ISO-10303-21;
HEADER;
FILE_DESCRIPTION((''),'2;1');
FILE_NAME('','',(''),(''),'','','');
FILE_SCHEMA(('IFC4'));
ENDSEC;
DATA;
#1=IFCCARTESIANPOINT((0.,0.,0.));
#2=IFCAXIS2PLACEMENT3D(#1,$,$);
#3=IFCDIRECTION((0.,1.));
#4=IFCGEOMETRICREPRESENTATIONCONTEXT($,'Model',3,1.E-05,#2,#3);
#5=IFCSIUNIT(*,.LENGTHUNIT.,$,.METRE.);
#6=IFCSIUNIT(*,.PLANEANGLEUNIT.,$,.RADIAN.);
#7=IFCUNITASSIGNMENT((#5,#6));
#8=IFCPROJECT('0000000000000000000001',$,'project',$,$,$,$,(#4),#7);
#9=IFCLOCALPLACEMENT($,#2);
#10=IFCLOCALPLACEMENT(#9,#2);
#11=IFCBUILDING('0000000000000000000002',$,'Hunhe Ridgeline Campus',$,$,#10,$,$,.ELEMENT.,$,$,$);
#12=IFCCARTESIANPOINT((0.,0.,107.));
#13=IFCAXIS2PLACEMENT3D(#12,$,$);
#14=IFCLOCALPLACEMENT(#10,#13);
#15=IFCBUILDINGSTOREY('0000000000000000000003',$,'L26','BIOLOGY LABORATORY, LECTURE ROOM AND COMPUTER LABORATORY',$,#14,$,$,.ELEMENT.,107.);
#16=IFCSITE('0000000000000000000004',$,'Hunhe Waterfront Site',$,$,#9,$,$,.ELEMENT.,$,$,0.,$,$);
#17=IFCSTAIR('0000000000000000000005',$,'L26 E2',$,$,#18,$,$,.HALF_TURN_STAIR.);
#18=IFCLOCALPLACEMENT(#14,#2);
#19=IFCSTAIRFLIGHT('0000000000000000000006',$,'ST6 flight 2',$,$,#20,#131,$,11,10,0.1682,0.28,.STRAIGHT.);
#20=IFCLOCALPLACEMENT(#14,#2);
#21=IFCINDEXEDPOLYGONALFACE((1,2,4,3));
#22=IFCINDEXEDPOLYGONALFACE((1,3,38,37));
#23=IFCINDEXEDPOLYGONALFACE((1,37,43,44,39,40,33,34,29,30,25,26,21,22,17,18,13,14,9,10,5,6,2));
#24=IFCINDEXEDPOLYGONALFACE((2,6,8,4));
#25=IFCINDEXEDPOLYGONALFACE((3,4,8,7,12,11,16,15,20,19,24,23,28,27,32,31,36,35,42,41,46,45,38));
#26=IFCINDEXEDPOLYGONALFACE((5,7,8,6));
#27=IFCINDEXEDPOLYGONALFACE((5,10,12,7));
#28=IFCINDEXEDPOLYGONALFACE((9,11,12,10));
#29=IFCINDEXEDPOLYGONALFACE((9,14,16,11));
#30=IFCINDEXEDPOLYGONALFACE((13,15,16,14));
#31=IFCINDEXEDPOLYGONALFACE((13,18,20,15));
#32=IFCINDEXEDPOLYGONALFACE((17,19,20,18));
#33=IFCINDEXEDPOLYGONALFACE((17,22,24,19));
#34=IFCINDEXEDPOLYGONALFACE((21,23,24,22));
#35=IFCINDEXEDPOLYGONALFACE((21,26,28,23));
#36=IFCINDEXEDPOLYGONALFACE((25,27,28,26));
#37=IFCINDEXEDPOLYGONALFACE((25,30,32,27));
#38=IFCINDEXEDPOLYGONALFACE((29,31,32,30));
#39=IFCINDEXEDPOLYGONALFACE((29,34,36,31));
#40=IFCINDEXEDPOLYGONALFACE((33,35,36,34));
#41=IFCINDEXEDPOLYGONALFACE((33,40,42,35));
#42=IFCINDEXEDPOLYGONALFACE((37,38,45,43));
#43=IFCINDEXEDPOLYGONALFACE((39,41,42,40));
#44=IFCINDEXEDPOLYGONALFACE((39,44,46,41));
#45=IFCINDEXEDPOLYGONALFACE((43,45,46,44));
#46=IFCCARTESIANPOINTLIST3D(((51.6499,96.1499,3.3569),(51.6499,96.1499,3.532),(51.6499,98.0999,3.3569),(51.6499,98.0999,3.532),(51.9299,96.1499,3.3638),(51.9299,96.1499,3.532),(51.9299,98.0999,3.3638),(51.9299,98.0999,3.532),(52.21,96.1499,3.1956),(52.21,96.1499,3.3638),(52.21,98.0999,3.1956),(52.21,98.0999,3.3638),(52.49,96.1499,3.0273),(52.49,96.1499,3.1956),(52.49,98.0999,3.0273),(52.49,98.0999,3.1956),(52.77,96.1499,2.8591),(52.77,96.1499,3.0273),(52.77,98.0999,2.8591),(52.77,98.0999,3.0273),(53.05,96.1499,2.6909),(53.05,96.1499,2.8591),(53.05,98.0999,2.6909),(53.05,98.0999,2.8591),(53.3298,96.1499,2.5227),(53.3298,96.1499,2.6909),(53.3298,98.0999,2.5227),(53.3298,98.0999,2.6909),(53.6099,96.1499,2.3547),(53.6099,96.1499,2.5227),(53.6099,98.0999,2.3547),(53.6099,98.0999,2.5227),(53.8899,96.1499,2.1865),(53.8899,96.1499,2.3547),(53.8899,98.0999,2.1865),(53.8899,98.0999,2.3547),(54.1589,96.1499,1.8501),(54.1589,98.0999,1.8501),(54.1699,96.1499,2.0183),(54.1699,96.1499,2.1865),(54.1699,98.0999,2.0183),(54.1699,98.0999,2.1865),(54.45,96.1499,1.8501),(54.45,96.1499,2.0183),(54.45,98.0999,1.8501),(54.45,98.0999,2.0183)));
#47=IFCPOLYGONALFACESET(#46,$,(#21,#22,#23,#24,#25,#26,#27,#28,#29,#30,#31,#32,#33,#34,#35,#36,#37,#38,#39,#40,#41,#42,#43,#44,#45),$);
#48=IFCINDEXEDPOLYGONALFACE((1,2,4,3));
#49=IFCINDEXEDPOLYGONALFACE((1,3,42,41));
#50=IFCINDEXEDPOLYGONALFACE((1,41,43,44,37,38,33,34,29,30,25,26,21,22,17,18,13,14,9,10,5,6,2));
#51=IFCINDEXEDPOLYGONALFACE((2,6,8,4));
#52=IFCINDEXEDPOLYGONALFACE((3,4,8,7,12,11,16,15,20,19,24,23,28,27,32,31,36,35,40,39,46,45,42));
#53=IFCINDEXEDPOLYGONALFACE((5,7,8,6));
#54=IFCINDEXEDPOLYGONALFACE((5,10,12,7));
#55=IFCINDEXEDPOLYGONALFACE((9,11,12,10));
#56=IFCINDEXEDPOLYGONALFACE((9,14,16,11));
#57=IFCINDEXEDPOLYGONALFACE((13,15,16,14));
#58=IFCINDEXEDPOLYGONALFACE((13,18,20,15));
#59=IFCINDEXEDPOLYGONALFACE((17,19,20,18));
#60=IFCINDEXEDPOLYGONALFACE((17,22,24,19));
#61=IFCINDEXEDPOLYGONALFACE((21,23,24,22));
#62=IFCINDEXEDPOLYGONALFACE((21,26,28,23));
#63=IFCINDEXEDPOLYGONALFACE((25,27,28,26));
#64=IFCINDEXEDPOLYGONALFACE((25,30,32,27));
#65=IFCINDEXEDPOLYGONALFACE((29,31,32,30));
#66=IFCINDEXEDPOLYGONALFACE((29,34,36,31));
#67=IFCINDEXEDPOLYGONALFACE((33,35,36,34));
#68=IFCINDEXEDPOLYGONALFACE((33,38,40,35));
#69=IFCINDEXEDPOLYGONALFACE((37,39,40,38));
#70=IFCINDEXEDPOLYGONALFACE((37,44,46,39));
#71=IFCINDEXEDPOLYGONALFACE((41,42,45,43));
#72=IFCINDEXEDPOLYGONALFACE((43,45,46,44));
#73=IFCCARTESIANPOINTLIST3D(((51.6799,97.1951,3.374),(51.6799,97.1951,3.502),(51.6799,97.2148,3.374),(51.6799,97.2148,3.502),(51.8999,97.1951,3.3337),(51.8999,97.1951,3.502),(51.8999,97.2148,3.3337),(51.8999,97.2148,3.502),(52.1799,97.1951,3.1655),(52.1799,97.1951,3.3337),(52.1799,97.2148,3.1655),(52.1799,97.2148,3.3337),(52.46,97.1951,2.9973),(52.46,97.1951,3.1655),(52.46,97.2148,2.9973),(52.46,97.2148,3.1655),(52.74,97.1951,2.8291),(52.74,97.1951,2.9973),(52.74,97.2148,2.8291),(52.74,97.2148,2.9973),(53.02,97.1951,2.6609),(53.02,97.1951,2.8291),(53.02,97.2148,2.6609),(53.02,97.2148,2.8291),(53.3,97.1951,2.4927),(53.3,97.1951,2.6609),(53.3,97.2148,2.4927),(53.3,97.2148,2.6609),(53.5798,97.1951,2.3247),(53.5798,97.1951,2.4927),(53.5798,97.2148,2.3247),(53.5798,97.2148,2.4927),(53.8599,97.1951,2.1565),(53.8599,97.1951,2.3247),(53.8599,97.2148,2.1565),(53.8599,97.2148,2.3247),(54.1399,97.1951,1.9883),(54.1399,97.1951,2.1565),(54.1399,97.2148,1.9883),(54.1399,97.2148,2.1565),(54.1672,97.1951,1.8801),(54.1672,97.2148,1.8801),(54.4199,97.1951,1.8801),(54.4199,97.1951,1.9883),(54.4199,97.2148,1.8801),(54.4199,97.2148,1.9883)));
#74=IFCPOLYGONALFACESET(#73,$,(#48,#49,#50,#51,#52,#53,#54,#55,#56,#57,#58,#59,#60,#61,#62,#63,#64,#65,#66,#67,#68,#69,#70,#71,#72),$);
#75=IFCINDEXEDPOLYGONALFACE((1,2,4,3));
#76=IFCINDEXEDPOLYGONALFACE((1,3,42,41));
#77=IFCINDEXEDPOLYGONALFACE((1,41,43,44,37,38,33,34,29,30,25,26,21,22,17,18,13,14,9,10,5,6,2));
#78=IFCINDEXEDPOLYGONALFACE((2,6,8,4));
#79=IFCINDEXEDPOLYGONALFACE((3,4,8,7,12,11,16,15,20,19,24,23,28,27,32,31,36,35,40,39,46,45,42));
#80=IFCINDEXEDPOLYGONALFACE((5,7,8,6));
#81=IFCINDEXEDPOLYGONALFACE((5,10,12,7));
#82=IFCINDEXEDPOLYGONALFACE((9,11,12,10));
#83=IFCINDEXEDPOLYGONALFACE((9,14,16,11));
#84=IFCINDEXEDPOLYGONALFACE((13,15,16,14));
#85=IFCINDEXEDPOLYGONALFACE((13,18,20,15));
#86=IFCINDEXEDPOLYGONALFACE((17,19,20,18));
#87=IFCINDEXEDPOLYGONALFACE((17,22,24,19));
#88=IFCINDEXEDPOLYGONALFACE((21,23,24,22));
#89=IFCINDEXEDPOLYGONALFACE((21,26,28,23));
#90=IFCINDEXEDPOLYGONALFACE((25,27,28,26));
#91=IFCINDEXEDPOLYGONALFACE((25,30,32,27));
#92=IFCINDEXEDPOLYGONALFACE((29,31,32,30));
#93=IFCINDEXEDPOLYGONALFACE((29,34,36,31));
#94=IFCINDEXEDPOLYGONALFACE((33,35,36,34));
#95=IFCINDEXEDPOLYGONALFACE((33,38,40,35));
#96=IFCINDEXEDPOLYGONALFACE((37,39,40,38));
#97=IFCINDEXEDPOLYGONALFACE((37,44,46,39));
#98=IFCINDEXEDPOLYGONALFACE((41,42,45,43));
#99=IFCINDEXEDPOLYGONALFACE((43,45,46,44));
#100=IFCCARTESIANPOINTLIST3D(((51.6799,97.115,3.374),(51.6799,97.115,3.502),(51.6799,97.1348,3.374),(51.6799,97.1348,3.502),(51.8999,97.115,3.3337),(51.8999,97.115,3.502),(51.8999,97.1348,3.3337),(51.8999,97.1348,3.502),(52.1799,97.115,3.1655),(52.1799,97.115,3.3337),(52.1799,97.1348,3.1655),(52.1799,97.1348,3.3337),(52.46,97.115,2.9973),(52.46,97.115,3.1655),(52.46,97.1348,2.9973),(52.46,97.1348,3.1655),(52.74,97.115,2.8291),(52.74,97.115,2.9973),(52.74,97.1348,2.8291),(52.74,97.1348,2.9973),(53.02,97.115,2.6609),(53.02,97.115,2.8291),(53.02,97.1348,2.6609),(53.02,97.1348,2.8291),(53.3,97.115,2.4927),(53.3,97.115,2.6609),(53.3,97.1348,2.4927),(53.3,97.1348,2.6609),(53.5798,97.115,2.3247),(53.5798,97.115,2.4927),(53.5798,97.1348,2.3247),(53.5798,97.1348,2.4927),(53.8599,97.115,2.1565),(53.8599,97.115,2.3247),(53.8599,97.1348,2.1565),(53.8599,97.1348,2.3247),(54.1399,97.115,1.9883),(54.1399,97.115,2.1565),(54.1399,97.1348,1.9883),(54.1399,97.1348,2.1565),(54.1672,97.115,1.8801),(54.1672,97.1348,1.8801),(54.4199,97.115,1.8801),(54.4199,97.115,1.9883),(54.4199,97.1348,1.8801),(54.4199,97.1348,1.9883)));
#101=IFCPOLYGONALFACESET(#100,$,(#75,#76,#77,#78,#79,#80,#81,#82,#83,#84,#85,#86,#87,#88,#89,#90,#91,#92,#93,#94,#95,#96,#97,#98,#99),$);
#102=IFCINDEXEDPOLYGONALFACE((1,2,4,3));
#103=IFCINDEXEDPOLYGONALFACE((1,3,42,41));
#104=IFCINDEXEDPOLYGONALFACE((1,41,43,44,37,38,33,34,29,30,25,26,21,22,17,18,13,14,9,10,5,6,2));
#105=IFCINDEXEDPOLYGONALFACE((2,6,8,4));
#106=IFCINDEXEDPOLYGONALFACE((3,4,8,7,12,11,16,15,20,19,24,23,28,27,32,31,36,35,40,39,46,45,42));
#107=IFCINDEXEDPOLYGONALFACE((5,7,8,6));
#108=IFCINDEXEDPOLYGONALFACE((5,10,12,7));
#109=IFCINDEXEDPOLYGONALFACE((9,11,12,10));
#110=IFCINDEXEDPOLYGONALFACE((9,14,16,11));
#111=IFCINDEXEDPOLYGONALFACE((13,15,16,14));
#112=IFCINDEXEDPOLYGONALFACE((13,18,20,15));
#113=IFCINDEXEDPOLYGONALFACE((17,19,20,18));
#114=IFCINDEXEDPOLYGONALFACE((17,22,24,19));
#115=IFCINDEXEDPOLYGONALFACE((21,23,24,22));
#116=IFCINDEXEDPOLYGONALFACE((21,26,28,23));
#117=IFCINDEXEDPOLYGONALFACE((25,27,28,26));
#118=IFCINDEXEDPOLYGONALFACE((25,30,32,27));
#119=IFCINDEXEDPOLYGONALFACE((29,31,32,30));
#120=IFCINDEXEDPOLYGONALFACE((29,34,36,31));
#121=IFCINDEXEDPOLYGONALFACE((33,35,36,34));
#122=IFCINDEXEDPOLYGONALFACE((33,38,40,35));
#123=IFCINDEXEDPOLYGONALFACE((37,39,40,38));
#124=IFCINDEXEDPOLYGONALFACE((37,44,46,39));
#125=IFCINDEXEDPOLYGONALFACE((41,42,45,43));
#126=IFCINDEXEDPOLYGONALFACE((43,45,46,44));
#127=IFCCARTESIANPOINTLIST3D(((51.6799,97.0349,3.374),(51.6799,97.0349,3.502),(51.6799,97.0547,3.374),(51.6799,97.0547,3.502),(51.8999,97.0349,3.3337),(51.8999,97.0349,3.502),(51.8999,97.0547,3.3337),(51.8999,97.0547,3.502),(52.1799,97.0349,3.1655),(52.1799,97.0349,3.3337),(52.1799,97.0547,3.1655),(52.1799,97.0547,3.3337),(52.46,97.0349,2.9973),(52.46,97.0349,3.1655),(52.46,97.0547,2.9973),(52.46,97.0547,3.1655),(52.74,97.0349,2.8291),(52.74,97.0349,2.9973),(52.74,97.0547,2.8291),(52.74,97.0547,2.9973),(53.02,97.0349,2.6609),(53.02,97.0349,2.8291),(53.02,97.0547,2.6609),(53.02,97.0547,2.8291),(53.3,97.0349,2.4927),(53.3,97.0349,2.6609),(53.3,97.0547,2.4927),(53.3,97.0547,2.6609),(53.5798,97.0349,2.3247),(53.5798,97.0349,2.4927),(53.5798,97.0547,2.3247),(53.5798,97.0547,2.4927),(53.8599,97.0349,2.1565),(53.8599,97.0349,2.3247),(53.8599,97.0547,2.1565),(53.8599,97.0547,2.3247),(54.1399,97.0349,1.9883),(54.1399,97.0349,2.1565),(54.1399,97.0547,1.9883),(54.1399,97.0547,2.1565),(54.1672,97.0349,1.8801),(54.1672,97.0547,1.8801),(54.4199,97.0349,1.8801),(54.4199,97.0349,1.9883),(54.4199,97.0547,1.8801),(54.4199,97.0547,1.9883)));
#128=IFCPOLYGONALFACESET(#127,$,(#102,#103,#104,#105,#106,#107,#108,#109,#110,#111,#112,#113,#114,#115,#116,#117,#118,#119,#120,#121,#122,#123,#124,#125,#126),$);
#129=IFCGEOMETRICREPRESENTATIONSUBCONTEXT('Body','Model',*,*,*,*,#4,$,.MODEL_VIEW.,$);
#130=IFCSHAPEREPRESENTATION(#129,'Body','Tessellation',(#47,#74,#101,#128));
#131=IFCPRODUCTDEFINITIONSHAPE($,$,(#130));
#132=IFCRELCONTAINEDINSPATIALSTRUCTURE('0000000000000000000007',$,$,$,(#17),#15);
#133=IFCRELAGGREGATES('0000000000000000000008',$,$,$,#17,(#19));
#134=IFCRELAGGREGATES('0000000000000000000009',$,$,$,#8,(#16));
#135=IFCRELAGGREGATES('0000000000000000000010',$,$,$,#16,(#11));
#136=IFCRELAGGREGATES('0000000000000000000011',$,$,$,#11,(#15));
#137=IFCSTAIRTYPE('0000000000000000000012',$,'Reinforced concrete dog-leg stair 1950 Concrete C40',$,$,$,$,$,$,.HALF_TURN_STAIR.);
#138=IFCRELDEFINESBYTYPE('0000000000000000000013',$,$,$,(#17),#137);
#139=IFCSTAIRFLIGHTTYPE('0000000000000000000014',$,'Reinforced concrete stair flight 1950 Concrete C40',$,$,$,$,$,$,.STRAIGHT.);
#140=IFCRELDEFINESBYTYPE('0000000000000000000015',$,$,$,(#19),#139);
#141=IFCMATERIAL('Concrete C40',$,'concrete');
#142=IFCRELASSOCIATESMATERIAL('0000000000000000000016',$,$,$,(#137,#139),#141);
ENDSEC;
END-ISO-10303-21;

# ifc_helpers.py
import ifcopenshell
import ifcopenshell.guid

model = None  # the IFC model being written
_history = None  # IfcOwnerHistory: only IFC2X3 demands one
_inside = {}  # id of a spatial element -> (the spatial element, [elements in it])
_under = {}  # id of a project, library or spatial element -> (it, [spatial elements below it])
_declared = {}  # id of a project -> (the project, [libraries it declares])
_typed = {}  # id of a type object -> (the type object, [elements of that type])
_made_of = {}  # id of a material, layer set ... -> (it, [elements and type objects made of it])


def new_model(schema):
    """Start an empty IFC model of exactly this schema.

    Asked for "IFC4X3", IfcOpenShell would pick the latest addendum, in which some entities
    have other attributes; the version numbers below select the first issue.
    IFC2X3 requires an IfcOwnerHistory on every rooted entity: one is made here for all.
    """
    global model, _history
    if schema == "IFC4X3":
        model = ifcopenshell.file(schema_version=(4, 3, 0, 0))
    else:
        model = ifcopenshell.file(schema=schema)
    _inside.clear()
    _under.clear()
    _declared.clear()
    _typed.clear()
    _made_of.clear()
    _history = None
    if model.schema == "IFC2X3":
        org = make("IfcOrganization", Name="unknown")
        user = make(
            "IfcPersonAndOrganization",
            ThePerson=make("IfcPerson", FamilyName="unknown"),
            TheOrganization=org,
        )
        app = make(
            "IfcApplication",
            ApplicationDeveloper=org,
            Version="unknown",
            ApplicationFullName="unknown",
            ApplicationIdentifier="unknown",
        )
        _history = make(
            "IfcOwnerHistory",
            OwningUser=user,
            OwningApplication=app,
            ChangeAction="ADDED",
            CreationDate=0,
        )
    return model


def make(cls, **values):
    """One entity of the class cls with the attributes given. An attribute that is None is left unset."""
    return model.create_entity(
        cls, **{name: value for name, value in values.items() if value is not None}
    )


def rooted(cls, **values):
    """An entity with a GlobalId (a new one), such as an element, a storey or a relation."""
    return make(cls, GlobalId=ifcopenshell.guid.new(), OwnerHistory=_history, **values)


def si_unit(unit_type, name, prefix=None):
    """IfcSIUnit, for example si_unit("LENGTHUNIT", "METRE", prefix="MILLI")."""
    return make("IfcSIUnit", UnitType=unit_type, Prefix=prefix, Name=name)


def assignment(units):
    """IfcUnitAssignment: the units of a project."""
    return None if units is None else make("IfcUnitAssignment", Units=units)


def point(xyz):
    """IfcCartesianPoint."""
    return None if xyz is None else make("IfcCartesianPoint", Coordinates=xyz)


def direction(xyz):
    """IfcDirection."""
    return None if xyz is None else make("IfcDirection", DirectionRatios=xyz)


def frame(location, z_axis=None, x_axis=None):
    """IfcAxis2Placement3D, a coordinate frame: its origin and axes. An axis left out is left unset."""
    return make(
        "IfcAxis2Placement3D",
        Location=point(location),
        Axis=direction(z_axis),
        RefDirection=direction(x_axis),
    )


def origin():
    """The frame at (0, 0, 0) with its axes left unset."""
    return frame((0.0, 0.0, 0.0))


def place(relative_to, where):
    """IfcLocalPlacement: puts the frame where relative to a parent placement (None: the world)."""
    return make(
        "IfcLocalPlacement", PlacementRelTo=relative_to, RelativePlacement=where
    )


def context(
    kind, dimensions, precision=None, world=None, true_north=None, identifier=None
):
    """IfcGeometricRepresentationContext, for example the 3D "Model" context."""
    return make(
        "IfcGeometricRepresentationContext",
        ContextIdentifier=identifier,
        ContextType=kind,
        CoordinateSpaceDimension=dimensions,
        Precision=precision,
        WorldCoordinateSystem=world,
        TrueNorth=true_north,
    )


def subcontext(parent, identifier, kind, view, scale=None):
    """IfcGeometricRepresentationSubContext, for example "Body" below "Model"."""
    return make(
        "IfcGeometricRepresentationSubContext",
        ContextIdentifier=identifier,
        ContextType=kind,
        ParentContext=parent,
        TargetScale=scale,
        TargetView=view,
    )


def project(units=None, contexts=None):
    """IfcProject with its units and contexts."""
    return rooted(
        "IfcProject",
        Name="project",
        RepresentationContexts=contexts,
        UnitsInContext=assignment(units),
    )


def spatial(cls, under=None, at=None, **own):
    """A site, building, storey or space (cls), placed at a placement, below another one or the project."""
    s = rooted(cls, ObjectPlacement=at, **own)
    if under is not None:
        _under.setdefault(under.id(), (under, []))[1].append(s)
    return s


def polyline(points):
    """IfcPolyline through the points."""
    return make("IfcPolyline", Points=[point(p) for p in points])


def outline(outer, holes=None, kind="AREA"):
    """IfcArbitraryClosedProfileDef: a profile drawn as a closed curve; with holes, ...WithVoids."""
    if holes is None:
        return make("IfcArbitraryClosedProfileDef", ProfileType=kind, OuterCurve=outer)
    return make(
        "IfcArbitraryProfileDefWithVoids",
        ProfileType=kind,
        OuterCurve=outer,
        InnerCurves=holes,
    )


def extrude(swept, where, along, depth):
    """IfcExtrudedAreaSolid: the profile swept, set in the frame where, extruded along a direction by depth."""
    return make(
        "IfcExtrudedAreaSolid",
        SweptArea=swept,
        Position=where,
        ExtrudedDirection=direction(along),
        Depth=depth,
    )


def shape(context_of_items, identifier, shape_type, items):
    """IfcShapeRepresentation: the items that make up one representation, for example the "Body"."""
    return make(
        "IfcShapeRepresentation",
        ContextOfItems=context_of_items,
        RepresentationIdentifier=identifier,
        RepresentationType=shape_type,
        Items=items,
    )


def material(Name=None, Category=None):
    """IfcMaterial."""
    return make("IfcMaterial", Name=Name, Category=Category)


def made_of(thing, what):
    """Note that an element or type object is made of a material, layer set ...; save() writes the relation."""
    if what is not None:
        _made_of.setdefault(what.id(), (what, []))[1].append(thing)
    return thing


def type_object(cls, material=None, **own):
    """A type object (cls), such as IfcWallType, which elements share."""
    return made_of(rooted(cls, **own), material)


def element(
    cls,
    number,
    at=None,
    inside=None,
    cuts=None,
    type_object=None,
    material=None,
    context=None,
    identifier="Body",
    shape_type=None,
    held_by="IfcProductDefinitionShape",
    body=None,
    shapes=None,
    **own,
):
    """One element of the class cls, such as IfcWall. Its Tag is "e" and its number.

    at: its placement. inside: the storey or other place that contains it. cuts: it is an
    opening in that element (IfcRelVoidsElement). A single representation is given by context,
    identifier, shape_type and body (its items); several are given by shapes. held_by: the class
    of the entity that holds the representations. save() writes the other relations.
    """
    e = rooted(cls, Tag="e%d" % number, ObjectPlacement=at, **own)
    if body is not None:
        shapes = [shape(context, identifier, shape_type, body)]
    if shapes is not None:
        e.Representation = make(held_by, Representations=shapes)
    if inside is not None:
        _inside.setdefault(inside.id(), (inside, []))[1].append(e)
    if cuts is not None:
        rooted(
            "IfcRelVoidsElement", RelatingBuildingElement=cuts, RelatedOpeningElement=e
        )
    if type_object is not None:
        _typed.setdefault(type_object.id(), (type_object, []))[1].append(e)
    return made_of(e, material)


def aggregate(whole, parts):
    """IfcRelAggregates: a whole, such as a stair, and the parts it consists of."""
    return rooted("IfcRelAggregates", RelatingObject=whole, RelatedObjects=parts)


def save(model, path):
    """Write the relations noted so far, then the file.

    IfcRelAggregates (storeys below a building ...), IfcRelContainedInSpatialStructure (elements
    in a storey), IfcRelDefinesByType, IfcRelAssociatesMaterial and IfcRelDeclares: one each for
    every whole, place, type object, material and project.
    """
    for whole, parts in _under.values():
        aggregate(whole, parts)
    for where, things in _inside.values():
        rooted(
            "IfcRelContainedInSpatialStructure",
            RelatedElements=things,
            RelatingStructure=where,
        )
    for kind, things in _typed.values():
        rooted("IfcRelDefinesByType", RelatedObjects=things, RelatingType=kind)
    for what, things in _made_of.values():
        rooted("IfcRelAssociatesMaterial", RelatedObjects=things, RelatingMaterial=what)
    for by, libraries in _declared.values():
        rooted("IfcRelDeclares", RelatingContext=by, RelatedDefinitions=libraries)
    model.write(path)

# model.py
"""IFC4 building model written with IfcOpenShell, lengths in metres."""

from ifc_helpers import new_model, si_unit, direction, frame, origin, place, context, subcontext, project, spatial, polyline, outline, extrude, material, type_object, element, aggregate, save


model = new_model("IFC4")

# Units and contexts
model_context = context("Model", 3, precision=1e-05, world=origin(), true_north=direction((0.0, 1.0)))
body_context = subcontext(model_context, "Body", "Model", "MODEL_VIEW")
ifc_project = project(units=[si_unit("LENGTHUNIT", "METRE"), si_unit("PLANEANGLEUNIT", "RADIAN")], contexts=[model_context])

# Site, building, storey
site_placement = place(None, origin())
site = spatial("IfcSite", under=ifc_project, at=site_placement, Name="Hunhe Waterfront Site", CompositionType="ELEMENT", RefElevation=0.0)
building_placement = place(site_placement, origin())
building = spatial("IfcBuilding", under=site, at=building_placement, Name="Hunhe Ridgeline Campus", CompositionType="ELEMENT")
storey_placement = place(building_placement, frame((0.0, 0.0, 107.0)))
storey = spatial("IfcBuildingStorey", under=building, at=storey_placement, Name="L26", Description="BIOLOGY LABORATORY, LECTURE ROOM AND COMPUTER LABORATORY", CompositionType="ELEMENT", Elevation=107.0)

# Stair, stair flight
ifc_material_1 = material(Name="Concrete C40", Category="concrete")
stair_type = type_object("IfcStairType", Name="Reinforced concrete dog-leg stair 1950 Concrete C40", PredefinedType="HALF_TURN_STAIR", material=ifc_material_1)
stair_1_placement = place(storey_placement, origin())
stair_1 = element("IfcStair", 1, at=stair_1_placement, inside=storey, type_object=stair_type, Name="L26 E2", PredefinedType="HALF_TURN_STAIR")
stair_flight_type = type_object("IfcStairFlightType", Name="Reinforced concrete stair flight 1950 Concrete C40", PredefinedType="STRAIGHT", material=ifc_material_1)
stair_flight_1_placement = place(storey_placement, frame((54.45, 97.125, 1.8501), z_axis=(0.0, 0.0, 1.0), x_axis=(-1.0, 0.0, 0.0)))
stair_flight_1 = element("IfcStairFlight", 2, at=stair_flight_1_placement, type_object=stair_flight_type, Name="ST6 flight 2", NumberOfRisers=11, NumberOfTreads=10, PredefinedType="STRAIGHT", RiserHeight=0.1682, TreadLength=0.28, context=body_context, shape_type="SweptSolid", body=[
    extrude(outline(polyline([(0.0, 0.0), (0.0, 0.1682), (0.28, 0.1682), (0.28, 0.3364), (0.5601, 0.3364), (0.5601, 0.5046), (0.8401, 0.5046), (0.8401, 0.6726), (1.1201, 0.6726), (1.1201, 0.8408), (1.3999, 0.8408), (1.3999, 1.009), (1.6799, 1.009), (1.6799, 1.1772), (1.96, 1.1772), (1.96, 1.3455), (2.24, 1.3455), (2.24, 1.5137), (2.52, 1.5137), (2.52, 1.6819), (2.8, 1.6819), (2.8, 1.8501), (2.8, 1.5068), (0.291, 0.0), (0.0, 0.0)])), frame((0.0, 0.9751, 0.0), z_axis=(0.0, -1.0, 0.0), x_axis=(1.0, 0.0, 0.0)), (0.0, 0.0, 1.0), 1.95),
    extrude(outline(polyline([(0.03, 0.03), (0.03, 0.1382), (0.3101, 0.1382), (0.3101, 0.3064), (0.5901, 0.3064), (0.5901, 0.4746), (0.8701, 0.4746), (0.8701, 0.6426), (1.1499, 0.6426), (1.1499, 0.8108), (1.4299, 0.8108), (1.4299, 0.979), (1.71, 0.979), (1.71, 1.1472), (1.99, 1.1472), (1.99, 1.3154), (2.27, 1.3154), (2.27, 1.4836), (2.55, 1.4836), (2.55, 1.6519), (2.77, 1.6519), (2.77, 1.5239), (0.2827, 0.03), (0.03, 0.03)])), frame((0.0, -0.0701, 0.0), z_axis=(0.0, -1.0, 0.0), x_axis=(1.0, 0.0, 0.0)), (0.0, 0.0, 1.0), 0.0198),
    extrude(outline(polyline([(0.03, 0.03), (0.03, 0.1382), (0.3101, 0.1382), (0.3101, 0.3064), (0.5901, 0.3064), (0.5901, 0.4746), (0.8701, 0.4746), (0.8701, 0.6426), (1.1499, 0.6426), (1.1499, 0.8108), (1.4299, 0.8108), (1.4299, 0.979), (1.71, 0.979), (1.71, 1.1472), (1.99, 1.1472), (1.99, 1.3154), (2.27, 1.3154), (2.27, 1.4836), (2.55, 1.4836), (2.55, 1.6519), (2.77, 1.6519), (2.77, 1.5239), (0.2827, 0.03), (0.03, 0.03)])), frame((0.0, 0.01, 0.0), z_axis=(0.0, -1.0, 0.0), x_axis=(1.0, 0.0, 0.0)), (0.0, 0.0, 1.0), 0.0198),
    extrude(outline(polyline([(0.03, 0.03), (0.03, 0.1382), (0.3101, 0.1382), (0.3101, 0.3064), (0.5901, 0.3064), (0.5901, 0.4746), (0.8701, 0.4746), (0.8701, 0.6426), (1.1499, 0.6426), (1.1499, 0.8108), (1.4299, 0.8108), (1.4299, 0.979), (1.71, 0.979), (1.71, 1.1472), (1.99, 1.1472), (1.99, 1.3154), (2.27, 1.3154), (2.27, 1.4836), (2.55, 1.4836), (2.55, 1.6519), (2.77, 1.6519), (2.77, 1.5239), (0.2827, 0.03), (0.03, 0.03)])), frame((0.0, 0.0901, 0.0), z_axis=(0.0, -1.0, 0.0), x_axis=(1.0, 0.0, 0.0)), (0.0, 0.0, 1.0), 0.0198),
])
aggregate(stair_1, [stair_flight_1])

save(model, "model.ifc")
